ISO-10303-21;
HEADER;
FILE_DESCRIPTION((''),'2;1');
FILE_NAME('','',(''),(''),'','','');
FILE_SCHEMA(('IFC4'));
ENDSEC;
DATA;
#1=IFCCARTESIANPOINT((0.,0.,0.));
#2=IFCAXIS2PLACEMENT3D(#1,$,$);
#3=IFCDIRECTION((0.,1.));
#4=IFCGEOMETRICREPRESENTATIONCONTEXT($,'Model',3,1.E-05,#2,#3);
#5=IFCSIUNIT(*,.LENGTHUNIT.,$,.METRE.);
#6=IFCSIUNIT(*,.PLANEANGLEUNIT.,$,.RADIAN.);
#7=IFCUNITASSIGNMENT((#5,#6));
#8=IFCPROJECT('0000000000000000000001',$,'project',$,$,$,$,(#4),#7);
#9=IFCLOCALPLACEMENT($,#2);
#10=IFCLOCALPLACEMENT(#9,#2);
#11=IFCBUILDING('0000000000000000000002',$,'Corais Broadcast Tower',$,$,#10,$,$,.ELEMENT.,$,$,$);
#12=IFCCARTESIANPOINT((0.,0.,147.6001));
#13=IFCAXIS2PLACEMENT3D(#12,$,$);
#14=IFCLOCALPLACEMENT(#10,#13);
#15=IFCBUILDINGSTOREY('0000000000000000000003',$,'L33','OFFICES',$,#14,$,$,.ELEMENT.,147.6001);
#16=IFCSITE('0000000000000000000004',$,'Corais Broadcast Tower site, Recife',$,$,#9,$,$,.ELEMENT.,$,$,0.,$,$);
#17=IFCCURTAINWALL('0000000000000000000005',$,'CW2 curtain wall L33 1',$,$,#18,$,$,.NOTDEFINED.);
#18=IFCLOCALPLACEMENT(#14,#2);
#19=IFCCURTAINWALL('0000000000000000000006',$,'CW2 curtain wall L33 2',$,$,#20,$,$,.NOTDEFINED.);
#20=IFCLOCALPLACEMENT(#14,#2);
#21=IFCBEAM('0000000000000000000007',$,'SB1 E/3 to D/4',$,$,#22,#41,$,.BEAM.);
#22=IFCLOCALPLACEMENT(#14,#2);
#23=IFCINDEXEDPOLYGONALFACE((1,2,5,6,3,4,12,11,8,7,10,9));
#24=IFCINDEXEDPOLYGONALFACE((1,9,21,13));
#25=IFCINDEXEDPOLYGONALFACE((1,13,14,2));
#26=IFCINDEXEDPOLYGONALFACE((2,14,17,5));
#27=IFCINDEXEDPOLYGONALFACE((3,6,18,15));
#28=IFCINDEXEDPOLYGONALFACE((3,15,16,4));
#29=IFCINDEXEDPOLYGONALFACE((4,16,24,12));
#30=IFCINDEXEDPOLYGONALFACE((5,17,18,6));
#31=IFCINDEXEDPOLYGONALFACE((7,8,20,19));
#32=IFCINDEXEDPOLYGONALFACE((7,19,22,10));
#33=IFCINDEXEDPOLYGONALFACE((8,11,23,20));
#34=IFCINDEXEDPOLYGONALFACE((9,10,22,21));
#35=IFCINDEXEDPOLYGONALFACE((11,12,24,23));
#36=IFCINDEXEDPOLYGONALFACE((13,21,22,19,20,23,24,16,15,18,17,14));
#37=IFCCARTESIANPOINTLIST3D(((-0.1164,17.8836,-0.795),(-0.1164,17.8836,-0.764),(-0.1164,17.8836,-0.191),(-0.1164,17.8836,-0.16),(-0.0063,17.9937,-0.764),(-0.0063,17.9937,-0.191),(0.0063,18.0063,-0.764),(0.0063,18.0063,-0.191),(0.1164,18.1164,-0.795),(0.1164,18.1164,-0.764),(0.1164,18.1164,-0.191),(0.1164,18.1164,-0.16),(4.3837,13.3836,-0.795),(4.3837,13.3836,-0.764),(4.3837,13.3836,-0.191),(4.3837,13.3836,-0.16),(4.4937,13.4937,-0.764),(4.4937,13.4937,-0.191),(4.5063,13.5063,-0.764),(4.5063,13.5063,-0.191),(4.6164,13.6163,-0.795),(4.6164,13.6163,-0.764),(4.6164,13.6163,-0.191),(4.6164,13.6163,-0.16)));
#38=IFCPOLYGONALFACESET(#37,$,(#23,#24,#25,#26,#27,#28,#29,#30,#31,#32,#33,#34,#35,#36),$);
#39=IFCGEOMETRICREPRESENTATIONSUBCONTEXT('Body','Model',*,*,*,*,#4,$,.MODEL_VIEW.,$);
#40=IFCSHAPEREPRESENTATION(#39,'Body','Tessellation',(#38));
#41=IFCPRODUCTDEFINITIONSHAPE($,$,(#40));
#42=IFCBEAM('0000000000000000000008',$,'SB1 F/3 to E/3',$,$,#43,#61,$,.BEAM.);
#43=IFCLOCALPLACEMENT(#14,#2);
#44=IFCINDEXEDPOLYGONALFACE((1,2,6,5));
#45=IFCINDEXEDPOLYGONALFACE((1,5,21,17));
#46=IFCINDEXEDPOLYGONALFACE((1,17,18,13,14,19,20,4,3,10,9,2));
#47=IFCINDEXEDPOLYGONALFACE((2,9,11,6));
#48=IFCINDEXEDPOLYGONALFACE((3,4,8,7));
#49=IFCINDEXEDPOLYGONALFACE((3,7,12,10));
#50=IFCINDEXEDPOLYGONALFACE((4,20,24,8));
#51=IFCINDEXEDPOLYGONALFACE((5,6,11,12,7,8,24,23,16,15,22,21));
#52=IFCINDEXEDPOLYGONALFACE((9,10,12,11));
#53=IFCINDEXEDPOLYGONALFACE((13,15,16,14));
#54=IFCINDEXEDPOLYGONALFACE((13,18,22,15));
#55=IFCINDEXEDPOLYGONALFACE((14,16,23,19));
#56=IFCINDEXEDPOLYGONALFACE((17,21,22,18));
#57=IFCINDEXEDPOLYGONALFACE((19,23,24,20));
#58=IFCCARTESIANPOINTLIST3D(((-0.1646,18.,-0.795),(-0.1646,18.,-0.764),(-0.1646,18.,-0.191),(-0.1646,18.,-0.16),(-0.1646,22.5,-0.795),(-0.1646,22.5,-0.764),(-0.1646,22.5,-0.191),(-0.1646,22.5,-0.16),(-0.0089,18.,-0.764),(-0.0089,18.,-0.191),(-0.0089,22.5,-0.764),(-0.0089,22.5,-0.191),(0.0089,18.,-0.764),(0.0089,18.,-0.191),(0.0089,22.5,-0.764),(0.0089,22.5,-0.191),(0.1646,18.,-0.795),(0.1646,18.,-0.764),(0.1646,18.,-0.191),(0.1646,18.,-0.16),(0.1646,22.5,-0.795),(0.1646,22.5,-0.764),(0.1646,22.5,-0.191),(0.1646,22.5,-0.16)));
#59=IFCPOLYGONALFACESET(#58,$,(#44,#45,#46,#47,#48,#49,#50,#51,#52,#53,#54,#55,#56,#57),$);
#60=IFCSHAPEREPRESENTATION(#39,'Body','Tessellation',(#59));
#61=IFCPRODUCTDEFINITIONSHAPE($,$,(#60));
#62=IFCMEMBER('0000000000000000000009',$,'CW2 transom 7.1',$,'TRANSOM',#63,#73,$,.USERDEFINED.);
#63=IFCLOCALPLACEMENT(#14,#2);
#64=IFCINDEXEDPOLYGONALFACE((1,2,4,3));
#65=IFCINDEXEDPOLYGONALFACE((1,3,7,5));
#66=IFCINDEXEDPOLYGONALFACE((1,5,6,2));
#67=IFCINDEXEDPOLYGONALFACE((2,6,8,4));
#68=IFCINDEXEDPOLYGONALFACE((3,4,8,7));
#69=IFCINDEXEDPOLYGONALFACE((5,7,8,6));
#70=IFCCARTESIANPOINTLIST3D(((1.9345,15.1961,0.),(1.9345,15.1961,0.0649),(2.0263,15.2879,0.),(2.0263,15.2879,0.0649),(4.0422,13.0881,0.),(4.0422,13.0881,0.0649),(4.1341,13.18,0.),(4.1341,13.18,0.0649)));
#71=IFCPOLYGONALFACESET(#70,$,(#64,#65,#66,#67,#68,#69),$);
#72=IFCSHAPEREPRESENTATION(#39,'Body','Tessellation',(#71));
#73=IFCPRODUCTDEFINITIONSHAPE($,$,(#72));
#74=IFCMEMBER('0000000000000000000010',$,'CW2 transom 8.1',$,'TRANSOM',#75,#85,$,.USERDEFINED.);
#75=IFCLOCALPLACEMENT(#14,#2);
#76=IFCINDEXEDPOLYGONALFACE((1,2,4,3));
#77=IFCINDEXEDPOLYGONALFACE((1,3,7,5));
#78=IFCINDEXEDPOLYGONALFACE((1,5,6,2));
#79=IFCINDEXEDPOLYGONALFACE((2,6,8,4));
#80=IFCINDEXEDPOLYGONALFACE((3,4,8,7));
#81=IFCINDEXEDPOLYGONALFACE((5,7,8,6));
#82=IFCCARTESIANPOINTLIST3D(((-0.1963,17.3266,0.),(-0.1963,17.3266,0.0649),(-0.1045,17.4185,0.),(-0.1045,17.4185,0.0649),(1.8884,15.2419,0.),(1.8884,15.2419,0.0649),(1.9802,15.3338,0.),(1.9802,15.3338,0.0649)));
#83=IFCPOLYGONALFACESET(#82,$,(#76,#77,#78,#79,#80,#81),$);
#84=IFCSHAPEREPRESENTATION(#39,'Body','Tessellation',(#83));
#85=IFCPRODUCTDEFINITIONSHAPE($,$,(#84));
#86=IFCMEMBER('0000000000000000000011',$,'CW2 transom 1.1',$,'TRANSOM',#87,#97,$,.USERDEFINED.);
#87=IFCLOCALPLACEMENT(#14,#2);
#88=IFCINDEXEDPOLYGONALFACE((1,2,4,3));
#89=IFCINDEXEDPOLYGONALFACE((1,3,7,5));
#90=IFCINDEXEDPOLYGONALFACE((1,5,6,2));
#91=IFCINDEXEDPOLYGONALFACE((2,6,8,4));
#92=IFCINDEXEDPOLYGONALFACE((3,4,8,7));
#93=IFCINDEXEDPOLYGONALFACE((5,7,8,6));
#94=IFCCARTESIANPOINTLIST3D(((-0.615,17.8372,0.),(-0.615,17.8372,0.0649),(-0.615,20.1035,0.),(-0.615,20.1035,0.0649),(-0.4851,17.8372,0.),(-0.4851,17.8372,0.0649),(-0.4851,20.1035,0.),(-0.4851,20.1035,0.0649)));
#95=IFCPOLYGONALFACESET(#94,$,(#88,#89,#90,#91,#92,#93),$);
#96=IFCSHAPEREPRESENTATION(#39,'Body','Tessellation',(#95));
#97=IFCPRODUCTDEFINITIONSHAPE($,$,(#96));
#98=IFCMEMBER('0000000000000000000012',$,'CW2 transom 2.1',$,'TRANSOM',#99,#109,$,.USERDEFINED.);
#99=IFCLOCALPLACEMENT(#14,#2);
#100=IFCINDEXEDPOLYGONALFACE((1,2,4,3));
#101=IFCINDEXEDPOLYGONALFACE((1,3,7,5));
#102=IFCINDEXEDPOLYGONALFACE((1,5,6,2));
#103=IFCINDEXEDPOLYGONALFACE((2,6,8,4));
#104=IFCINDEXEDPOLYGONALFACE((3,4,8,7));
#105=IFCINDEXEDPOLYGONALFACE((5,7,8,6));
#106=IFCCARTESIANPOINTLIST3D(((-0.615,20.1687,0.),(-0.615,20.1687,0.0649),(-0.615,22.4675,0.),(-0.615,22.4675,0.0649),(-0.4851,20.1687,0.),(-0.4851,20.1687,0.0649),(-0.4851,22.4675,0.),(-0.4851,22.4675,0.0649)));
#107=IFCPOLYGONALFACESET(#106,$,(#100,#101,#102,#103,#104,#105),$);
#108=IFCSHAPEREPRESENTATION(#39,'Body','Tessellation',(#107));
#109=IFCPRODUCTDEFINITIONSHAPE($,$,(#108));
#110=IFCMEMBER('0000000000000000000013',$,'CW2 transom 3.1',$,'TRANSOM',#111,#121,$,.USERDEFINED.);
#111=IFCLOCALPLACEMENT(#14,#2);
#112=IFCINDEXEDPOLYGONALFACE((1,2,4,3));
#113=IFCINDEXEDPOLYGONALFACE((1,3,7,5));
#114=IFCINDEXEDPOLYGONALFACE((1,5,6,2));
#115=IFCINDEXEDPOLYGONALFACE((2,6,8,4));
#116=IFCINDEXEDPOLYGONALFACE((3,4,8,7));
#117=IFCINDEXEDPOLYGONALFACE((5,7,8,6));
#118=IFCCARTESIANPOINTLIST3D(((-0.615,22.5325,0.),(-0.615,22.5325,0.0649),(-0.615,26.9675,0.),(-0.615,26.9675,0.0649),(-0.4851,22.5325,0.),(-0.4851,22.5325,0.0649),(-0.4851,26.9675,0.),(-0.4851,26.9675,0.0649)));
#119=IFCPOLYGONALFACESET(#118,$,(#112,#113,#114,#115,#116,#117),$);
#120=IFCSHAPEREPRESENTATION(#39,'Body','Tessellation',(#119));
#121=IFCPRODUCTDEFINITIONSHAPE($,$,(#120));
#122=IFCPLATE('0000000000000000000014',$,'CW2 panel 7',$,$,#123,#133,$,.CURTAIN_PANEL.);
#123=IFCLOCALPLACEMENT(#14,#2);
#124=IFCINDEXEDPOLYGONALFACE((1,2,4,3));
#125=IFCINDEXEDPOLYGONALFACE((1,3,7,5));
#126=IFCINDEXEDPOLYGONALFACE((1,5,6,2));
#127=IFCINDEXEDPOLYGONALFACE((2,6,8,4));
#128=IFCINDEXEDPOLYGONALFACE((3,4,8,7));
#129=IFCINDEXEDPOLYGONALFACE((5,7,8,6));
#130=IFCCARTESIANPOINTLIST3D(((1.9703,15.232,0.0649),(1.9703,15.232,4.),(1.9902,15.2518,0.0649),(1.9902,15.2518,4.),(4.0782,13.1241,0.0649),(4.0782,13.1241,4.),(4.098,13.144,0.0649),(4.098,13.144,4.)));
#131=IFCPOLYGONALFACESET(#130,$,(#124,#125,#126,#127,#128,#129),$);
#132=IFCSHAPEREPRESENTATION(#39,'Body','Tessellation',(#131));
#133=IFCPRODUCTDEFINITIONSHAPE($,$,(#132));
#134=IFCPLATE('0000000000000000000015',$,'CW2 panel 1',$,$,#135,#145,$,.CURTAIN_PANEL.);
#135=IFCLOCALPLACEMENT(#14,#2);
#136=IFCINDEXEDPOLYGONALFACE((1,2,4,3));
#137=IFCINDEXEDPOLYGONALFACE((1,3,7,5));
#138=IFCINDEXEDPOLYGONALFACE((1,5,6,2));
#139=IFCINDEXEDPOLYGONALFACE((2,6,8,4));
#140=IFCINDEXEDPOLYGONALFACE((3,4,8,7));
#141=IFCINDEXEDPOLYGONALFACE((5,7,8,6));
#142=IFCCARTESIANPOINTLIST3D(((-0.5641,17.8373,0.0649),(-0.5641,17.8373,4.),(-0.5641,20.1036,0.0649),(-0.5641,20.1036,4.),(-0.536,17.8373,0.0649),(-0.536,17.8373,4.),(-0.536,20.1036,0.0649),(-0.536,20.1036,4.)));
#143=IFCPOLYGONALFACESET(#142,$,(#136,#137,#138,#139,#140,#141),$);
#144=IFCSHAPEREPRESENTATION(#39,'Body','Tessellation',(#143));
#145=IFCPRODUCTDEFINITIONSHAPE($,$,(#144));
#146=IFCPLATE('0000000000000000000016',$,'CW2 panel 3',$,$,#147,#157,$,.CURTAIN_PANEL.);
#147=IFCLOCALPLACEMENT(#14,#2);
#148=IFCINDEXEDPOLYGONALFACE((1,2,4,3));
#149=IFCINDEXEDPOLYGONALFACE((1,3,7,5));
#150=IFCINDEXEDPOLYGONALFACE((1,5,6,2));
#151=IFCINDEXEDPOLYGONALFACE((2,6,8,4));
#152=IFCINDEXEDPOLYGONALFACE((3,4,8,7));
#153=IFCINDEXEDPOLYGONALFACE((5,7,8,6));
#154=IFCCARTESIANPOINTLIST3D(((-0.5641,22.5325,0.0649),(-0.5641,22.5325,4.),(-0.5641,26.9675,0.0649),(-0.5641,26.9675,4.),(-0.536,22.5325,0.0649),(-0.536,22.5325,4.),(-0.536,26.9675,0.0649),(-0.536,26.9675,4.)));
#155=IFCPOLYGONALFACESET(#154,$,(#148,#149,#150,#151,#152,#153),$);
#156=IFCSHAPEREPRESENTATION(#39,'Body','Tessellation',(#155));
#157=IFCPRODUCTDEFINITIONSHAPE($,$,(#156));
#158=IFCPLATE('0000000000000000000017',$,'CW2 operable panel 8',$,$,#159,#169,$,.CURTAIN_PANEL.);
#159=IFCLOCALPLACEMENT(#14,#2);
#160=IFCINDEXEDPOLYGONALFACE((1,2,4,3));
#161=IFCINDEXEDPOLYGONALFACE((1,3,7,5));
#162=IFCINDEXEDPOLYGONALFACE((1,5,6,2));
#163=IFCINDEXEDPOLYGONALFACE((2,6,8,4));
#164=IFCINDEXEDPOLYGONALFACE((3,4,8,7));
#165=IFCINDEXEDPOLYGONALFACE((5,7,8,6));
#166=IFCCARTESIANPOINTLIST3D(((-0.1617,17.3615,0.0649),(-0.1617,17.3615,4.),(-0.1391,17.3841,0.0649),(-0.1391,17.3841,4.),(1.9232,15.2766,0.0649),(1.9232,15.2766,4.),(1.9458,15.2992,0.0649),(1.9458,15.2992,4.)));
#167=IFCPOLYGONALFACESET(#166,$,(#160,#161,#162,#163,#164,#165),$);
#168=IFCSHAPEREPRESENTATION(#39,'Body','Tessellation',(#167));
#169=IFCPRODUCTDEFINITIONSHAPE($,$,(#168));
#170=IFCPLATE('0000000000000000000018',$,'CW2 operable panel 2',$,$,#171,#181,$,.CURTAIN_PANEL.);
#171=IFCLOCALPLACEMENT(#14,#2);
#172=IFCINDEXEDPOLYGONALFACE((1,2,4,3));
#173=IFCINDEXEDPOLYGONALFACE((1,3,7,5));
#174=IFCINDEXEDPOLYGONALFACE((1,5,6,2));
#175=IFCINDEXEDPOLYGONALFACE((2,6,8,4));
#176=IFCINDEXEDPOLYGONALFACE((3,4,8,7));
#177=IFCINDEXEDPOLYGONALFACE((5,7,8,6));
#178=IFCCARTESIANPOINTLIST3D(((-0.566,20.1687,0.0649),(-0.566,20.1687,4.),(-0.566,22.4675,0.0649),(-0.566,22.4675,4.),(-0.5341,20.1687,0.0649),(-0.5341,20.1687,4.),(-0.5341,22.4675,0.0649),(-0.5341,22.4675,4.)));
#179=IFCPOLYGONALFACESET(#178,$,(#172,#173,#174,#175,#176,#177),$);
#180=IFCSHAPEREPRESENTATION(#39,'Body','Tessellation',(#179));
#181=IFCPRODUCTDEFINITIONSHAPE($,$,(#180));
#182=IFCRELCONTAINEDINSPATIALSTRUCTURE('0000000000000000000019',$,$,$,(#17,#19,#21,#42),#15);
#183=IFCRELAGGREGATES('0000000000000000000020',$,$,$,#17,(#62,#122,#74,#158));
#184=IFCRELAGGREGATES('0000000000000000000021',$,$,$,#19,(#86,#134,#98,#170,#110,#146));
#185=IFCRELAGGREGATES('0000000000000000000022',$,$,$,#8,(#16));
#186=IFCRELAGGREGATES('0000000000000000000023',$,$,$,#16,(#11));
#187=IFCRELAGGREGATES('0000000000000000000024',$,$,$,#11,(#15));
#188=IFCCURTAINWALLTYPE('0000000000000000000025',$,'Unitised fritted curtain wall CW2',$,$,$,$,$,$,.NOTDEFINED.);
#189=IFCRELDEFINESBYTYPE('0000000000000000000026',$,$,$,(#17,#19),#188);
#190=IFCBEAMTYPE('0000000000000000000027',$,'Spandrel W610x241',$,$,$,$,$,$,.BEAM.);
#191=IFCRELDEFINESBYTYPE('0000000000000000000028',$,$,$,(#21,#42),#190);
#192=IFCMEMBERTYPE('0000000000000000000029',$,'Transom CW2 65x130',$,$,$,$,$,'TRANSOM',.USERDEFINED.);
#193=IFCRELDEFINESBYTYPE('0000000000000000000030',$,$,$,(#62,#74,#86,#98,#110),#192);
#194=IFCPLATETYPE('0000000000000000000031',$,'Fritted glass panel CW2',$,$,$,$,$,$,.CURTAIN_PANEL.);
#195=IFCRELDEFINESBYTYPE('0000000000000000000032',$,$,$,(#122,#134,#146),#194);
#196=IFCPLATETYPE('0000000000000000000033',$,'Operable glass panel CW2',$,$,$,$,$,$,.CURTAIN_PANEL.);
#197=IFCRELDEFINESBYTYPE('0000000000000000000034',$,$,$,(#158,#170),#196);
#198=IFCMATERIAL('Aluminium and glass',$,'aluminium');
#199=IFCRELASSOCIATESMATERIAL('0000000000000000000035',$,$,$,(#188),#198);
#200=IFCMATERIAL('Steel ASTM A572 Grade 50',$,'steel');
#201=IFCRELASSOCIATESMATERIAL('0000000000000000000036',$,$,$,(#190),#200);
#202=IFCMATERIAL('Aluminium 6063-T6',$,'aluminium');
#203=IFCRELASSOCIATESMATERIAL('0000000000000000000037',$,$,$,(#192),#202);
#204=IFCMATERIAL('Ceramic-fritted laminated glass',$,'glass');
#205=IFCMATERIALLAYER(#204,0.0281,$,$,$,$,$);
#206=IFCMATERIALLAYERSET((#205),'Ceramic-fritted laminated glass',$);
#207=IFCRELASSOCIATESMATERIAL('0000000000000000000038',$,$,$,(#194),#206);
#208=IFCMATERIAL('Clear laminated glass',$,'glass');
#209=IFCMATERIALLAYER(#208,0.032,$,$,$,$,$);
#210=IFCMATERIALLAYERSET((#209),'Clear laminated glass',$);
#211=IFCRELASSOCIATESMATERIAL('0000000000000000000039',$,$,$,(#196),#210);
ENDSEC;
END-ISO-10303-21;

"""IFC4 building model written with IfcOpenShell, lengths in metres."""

from ifc_helpers import new_model, si_unit, direction, frame, origin, origin_2d, place, context, subcontext, project, spatial, rectangle, i_section, extrude, material, layer, layer_set, material_profile, profile_set, type_object, element, aggregate, save


model = new_model("IFC4")

# Units and contexts
model_context = context("Model", 3, precision=1e-05, world=origin(), true_north=direction((0.0, 1.0)))
body_context = subcontext(model_context, "Body", "Model", "MODEL_VIEW")
ifc_project = project(units=[si_unit("LENGTHUNIT", "METRE"), si_unit("PLANEANGLEUNIT", "RADIAN")], contexts=[model_context])

# Site, building, storey
site_placement = place(None, origin())
site = spatial("IfcSite", under=ifc_project, at=site_placement, Name="Corais Broadcast Tower site, Recife", CompositionType="ELEMENT", RefElevation=0.0)
building_placement = place(site_placement, origin())
building = spatial("IfcBuilding", under=site, at=building_placement, Name="Corais Broadcast Tower", CompositionType="ELEMENT")
storey_placement = place(building_placement, frame((0.0, 0.0, 147.6001)))
storey = spatial("IfcBuildingStorey", under=building, at=storey_placement, Name="L33", Description="OFFICES", CompositionType="ELEMENT", Elevation=147.6001)

# Curtain walls
ifc_material_1 = material(Name="Aluminium and glass", Category="aluminium")
curtain_wall_type = type_object("IfcCurtainWallType", Name="Unitised fritted curtain wall CW2", PredefinedType="NOTDEFINED", material=ifc_material_1)
curtain_wall_1_placement = place(storey_placement, origin())
curtain_wall_1 = element("IfcCurtainWall", 1, at=curtain_wall_1_placement, inside=storey, type_object=curtain_wall_type, Name="CW2 curtain wall L33 1", PredefinedType="NOTDEFINED")
curtain_wall_2_placement = place(storey_placement, origin())
curtain_wall_2 = element("IfcCurtainWall", 2, at=curtain_wall_2_placement, inside=storey, type_object=curtain_wall_type, Name="CW2 curtain wall L33 2", PredefinedType="NOTDEFINED")

# Beams
ifc_material_2 = material(Name="Steel ASTM A572 Grade 50", Category="steel")
ifc_material_profile_1 = material_profile(ifc_material_2, i_section(OverallWidth=0.3291, OverallDepth=0.635, WebThickness=0.0178, FlangeThickness=0.031, at=origin_2d()), Name="W610x241")
ifc_profile_set_1 = profile_set([ifc_material_profile_1], Name="Steel ASTM A572 Grade 50")
beam_type_1 = type_object("IfcBeamType", Name="Spandrel W610x241", PredefinedType="BEAM", material=ifc_profile_set_1)
beam_1_placement = place(storey_placement, frame((0.0, 18.0, -0.4775), z_axis=(0.707107, -0.707107, 0.0), x_axis=(0.707107, 0.707107, 0.0)))
element("IfcBeam", 3, at=beam_1_placement, inside=storey, type_object=beam_type_1, Name="SB1 E/3 to D/4", PredefinedType="BEAM", context=body_context, shape_type="SweptSolid", body=[
    extrude(i_section(OverallWidth=0.3291, OverallDepth=0.635, WebThickness=0.0178, FlangeThickness=0.031, at=origin_2d()), origin(), (0.0, 0.0, 1.0), 6.364),
])
beam_2_placement = place(storey_placement, frame((0.0, 22.5, -0.4775), z_axis=(0.0, -1.0, 0.0), x_axis=(1.0, 0.0, 0.0)))
element("IfcBeam", 4, at=beam_2_placement, inside=storey, type_object=beam_type_1, Name="SB1 F/3 to E/3", PredefinedType="BEAM", context=body_context, shape_type="SweptSolid", body=[
    extrude(i_section(OverallWidth=0.3291, OverallDepth=0.635, WebThickness=0.0178, FlangeThickness=0.031, at=origin_2d()), origin(), (0.0, 0.0, 1.0), 4.5),
])

# Members
ifc_material_3 = material(Name="Aluminium 6063-T6", Category="aluminium")
ifc_material_profile_2 = material_profile(ifc_material_3, rectangle(XDim=0.1299, YDim=0.0649, at=origin_2d()), Name="Transom CW2 65x130")
ifc_profile_set_2 = profile_set([ifc_material_profile_2], Name="Aluminium 6063-T6")
member_type_1 = type_object("IfcMemberType", Name="Transom CW2 65x130", ElementType="TRANSOM", PredefinedType="USERDEFINED", material=ifc_profile_set_2)
member_1_placement = place(storey_placement, frame((4.0881, 13.134, 0.0325), z_axis=(-0.707066, 0.707148, 0.0), x_axis=(-0.707148, -0.707066, 0.0)))
member_1 = element("IfcMember", 5, at=member_1_placement, type_object=member_type_1, Name="CW2 transom 7.1", ObjectType="TRANSOM", PredefinedType="USERDEFINED", context=body_context, shape_type="SweptSolid", body=[
    extrude(rectangle(XDim=0.1299, YDim=0.0649, at=origin_2d()), origin(), (0.0, 0.0, 1.0), 2.981),
])
member_2_placement = place(storey_placement, frame((1.9343, 15.2878, 0.0325), z_axis=(-0.707107, 0.707107, 0.0), x_axis=(-0.707107, -0.707107, 0.0)))
member_2 = element("IfcMember", 6, at=member_2_placement, type_object=member_type_1, Name="CW2 transom 8.1", ObjectType="TRANSOM", PredefinedType="USERDEFINED", context=body_context, shape_type="SweptSolid", body=[
    extrude(rectangle(XDim=0.1299, YDim=0.0649, at=origin_2d()), origin(), (0.0, 0.0, 1.0), 2.9482),
])
member_3_placement = place(storey_placement, frame((-0.55, 17.8372, 0.0325), z_axis=(0.0, 1.0, 0.0), x_axis=(-1.0, 0.0, 0.0)))
member_3 = element("IfcMember", 7, at=member_3_placement, type_object=member_type_1, Name="CW2 transom 1.1", ObjectType="TRANSOM", PredefinedType="USERDEFINED", context=body_context, shape_type="SweptSolid", body=[
    extrude(rectangle(XDim=0.1299, YDim=0.0649, at=origin_2d()), origin(), (0.0, 0.0, 1.0), 2.2664),
])
member_4_placement = place(storey_placement, frame((-0.55, 20.1687, 0.0325), z_axis=(0.0, 1.0, 0.0), x_axis=(-1.0, 0.0, 0.0)))
member_4 = element("IfcMember", 8, at=member_4_placement, type_object=member_type_1, Name="CW2 transom 2.1", ObjectType="TRANSOM", PredefinedType="USERDEFINED", context=body_context, shape_type="SweptSolid", body=[
    extrude(rectangle(XDim=0.1299, YDim=0.0649, at=origin_2d()), origin(), (0.0, 0.0, 1.0), 2.2988),
])
member_5_placement = place(storey_placement, frame((-0.55, 22.5325, 0.0325), z_axis=(0.0, 1.0, 0.0), x_axis=(-1.0, 0.0, 0.0)))
member_5 = element("IfcMember", 9, at=member_5_placement, type_object=member_type_1, Name="CW2 transom 3.1", ObjectType="TRANSOM", PredefinedType="USERDEFINED", context=body_context, shape_type="SweptSolid", body=[
    extrude(rectangle(XDim=0.1299, YDim=0.0649, at=origin_2d()), origin(), (0.0, 0.0, 1.0), 4.4351),
])

# Plates
ifc_material_4 = material(Name="Ceramic-fritted laminated glass", Category="glass")
ifc_layer_1 = layer(ifc_material_4, 0.0281)
ifc_layer_set_1 = layer_set([ifc_layer_1], Name="Ceramic-fritted laminated glass")
plate_type_1 = type_object("IfcPlateType", Name="Fritted glass panel CW2", PredefinedType="CURTAIN_PANEL", material=ifc_layer_set_1)
plate_1_placement = place(storey_placement, frame((3.0342, 14.188, 0.0649), z_axis=(0.0, 0.0, 1.0), x_axis=(-0.707107, 0.707107, 0.0)))
plate_1 = element("IfcPlate", 10, at=plate_1_placement, type_object=plate_type_1, Name="CW2 panel 7", PredefinedType="CURTAIN_PANEL", context=body_context, shape_type="SweptSolid", body=[
    extrude(rectangle(XDim=2.981, YDim=0.0281, at=origin_2d()), origin(), (0.0, 0.0, 1.0), 3.9351),
])
plate_2_placement = place(storey_placement, frame((-0.55, 18.9705, 0.0649), z_axis=(0.0, 0.0, 1.0), x_axis=(0.0, 1.0, 0.0)))
plate_2 = element("IfcPlate", 11, at=plate_2_placement, type_object=plate_type_1, Name="CW2 panel 1", PredefinedType="CURTAIN_PANEL", context=body_context, shape_type="SweptSolid", body=[
    extrude(rectangle(XDim=2.2664, YDim=0.0281, at=origin_2d()), origin(), (0.0, 0.0, 1.0), 3.9351),
])
plate_3_placement = place(storey_placement, frame((-0.55, 24.75, 0.0649), z_axis=(0.0, 0.0, 1.0), x_axis=(0.0, 1.0, 0.0)))
plate_3 = element("IfcPlate", 12, at=plate_3_placement, type_object=plate_type_1, Name="CW2 panel 3", PredefinedType="CURTAIN_PANEL", context=body_context, shape_type="SweptSolid", body=[
    extrude(rectangle(XDim=4.4351, YDim=0.0281, at=origin_2d()), origin(), (0.0, 0.0, 1.0), 3.9351),
])
ifc_material_5 = material(Name="Clear laminated glass", Category="glass")
ifc_layer_2 = layer(ifc_material_5, 0.032)
ifc_layer_set_2 = layer_set([ifc_layer_2], Name="Clear laminated glass")
plate_type_2 = type_object("IfcPlateType", Name="Operable glass panel CW2", PredefinedType="CURTAIN_PANEL", material=ifc_layer_set_2)
plate_4_placement = place(storey_placement, frame((0.8921, 16.3303, 0.0649), z_axis=(0.0, 0.0, 1.0), x_axis=(-0.707107, 0.707107, 0.0)))
plate_4 = element("IfcPlate", 13, at=plate_4_placement, type_object=plate_type_2, Name="CW2 operable panel 8", PredefinedType="CURTAIN_PANEL", context=body_context, shape_type="SweptSolid", body=[
    extrude(rectangle(XDim=2.9485, YDim=0.032, at=origin_2d()), origin(), (0.0, 0.0, 1.0), 3.9351),
])
aggregate(curtain_wall_1, [member_1, plate_1, member_2, plate_4])
plate_5_placement = place(storey_placement, frame((-0.55, 21.3181, 0.0649), z_axis=(0.0, 0.0, 1.0), x_axis=(0.0, 1.0, 0.0)))
plate_5 = element("IfcPlate", 14, at=plate_5_placement, type_object=plate_type_2, Name="CW2 operable panel 2", PredefinedType="CURTAIN_PANEL", context=body_context, shape_type="SweptSolid", body=[
    extrude(rectangle(XDim=2.2988, YDim=0.032, at=origin_2d()), origin(), (0.0, 0.0, 1.0), 3.9351),
])
aggregate(curtain_wall_2, [member_3, plate_2, member_4, plate_5, member_5, plate_3])

save(model, "model.ifc")
